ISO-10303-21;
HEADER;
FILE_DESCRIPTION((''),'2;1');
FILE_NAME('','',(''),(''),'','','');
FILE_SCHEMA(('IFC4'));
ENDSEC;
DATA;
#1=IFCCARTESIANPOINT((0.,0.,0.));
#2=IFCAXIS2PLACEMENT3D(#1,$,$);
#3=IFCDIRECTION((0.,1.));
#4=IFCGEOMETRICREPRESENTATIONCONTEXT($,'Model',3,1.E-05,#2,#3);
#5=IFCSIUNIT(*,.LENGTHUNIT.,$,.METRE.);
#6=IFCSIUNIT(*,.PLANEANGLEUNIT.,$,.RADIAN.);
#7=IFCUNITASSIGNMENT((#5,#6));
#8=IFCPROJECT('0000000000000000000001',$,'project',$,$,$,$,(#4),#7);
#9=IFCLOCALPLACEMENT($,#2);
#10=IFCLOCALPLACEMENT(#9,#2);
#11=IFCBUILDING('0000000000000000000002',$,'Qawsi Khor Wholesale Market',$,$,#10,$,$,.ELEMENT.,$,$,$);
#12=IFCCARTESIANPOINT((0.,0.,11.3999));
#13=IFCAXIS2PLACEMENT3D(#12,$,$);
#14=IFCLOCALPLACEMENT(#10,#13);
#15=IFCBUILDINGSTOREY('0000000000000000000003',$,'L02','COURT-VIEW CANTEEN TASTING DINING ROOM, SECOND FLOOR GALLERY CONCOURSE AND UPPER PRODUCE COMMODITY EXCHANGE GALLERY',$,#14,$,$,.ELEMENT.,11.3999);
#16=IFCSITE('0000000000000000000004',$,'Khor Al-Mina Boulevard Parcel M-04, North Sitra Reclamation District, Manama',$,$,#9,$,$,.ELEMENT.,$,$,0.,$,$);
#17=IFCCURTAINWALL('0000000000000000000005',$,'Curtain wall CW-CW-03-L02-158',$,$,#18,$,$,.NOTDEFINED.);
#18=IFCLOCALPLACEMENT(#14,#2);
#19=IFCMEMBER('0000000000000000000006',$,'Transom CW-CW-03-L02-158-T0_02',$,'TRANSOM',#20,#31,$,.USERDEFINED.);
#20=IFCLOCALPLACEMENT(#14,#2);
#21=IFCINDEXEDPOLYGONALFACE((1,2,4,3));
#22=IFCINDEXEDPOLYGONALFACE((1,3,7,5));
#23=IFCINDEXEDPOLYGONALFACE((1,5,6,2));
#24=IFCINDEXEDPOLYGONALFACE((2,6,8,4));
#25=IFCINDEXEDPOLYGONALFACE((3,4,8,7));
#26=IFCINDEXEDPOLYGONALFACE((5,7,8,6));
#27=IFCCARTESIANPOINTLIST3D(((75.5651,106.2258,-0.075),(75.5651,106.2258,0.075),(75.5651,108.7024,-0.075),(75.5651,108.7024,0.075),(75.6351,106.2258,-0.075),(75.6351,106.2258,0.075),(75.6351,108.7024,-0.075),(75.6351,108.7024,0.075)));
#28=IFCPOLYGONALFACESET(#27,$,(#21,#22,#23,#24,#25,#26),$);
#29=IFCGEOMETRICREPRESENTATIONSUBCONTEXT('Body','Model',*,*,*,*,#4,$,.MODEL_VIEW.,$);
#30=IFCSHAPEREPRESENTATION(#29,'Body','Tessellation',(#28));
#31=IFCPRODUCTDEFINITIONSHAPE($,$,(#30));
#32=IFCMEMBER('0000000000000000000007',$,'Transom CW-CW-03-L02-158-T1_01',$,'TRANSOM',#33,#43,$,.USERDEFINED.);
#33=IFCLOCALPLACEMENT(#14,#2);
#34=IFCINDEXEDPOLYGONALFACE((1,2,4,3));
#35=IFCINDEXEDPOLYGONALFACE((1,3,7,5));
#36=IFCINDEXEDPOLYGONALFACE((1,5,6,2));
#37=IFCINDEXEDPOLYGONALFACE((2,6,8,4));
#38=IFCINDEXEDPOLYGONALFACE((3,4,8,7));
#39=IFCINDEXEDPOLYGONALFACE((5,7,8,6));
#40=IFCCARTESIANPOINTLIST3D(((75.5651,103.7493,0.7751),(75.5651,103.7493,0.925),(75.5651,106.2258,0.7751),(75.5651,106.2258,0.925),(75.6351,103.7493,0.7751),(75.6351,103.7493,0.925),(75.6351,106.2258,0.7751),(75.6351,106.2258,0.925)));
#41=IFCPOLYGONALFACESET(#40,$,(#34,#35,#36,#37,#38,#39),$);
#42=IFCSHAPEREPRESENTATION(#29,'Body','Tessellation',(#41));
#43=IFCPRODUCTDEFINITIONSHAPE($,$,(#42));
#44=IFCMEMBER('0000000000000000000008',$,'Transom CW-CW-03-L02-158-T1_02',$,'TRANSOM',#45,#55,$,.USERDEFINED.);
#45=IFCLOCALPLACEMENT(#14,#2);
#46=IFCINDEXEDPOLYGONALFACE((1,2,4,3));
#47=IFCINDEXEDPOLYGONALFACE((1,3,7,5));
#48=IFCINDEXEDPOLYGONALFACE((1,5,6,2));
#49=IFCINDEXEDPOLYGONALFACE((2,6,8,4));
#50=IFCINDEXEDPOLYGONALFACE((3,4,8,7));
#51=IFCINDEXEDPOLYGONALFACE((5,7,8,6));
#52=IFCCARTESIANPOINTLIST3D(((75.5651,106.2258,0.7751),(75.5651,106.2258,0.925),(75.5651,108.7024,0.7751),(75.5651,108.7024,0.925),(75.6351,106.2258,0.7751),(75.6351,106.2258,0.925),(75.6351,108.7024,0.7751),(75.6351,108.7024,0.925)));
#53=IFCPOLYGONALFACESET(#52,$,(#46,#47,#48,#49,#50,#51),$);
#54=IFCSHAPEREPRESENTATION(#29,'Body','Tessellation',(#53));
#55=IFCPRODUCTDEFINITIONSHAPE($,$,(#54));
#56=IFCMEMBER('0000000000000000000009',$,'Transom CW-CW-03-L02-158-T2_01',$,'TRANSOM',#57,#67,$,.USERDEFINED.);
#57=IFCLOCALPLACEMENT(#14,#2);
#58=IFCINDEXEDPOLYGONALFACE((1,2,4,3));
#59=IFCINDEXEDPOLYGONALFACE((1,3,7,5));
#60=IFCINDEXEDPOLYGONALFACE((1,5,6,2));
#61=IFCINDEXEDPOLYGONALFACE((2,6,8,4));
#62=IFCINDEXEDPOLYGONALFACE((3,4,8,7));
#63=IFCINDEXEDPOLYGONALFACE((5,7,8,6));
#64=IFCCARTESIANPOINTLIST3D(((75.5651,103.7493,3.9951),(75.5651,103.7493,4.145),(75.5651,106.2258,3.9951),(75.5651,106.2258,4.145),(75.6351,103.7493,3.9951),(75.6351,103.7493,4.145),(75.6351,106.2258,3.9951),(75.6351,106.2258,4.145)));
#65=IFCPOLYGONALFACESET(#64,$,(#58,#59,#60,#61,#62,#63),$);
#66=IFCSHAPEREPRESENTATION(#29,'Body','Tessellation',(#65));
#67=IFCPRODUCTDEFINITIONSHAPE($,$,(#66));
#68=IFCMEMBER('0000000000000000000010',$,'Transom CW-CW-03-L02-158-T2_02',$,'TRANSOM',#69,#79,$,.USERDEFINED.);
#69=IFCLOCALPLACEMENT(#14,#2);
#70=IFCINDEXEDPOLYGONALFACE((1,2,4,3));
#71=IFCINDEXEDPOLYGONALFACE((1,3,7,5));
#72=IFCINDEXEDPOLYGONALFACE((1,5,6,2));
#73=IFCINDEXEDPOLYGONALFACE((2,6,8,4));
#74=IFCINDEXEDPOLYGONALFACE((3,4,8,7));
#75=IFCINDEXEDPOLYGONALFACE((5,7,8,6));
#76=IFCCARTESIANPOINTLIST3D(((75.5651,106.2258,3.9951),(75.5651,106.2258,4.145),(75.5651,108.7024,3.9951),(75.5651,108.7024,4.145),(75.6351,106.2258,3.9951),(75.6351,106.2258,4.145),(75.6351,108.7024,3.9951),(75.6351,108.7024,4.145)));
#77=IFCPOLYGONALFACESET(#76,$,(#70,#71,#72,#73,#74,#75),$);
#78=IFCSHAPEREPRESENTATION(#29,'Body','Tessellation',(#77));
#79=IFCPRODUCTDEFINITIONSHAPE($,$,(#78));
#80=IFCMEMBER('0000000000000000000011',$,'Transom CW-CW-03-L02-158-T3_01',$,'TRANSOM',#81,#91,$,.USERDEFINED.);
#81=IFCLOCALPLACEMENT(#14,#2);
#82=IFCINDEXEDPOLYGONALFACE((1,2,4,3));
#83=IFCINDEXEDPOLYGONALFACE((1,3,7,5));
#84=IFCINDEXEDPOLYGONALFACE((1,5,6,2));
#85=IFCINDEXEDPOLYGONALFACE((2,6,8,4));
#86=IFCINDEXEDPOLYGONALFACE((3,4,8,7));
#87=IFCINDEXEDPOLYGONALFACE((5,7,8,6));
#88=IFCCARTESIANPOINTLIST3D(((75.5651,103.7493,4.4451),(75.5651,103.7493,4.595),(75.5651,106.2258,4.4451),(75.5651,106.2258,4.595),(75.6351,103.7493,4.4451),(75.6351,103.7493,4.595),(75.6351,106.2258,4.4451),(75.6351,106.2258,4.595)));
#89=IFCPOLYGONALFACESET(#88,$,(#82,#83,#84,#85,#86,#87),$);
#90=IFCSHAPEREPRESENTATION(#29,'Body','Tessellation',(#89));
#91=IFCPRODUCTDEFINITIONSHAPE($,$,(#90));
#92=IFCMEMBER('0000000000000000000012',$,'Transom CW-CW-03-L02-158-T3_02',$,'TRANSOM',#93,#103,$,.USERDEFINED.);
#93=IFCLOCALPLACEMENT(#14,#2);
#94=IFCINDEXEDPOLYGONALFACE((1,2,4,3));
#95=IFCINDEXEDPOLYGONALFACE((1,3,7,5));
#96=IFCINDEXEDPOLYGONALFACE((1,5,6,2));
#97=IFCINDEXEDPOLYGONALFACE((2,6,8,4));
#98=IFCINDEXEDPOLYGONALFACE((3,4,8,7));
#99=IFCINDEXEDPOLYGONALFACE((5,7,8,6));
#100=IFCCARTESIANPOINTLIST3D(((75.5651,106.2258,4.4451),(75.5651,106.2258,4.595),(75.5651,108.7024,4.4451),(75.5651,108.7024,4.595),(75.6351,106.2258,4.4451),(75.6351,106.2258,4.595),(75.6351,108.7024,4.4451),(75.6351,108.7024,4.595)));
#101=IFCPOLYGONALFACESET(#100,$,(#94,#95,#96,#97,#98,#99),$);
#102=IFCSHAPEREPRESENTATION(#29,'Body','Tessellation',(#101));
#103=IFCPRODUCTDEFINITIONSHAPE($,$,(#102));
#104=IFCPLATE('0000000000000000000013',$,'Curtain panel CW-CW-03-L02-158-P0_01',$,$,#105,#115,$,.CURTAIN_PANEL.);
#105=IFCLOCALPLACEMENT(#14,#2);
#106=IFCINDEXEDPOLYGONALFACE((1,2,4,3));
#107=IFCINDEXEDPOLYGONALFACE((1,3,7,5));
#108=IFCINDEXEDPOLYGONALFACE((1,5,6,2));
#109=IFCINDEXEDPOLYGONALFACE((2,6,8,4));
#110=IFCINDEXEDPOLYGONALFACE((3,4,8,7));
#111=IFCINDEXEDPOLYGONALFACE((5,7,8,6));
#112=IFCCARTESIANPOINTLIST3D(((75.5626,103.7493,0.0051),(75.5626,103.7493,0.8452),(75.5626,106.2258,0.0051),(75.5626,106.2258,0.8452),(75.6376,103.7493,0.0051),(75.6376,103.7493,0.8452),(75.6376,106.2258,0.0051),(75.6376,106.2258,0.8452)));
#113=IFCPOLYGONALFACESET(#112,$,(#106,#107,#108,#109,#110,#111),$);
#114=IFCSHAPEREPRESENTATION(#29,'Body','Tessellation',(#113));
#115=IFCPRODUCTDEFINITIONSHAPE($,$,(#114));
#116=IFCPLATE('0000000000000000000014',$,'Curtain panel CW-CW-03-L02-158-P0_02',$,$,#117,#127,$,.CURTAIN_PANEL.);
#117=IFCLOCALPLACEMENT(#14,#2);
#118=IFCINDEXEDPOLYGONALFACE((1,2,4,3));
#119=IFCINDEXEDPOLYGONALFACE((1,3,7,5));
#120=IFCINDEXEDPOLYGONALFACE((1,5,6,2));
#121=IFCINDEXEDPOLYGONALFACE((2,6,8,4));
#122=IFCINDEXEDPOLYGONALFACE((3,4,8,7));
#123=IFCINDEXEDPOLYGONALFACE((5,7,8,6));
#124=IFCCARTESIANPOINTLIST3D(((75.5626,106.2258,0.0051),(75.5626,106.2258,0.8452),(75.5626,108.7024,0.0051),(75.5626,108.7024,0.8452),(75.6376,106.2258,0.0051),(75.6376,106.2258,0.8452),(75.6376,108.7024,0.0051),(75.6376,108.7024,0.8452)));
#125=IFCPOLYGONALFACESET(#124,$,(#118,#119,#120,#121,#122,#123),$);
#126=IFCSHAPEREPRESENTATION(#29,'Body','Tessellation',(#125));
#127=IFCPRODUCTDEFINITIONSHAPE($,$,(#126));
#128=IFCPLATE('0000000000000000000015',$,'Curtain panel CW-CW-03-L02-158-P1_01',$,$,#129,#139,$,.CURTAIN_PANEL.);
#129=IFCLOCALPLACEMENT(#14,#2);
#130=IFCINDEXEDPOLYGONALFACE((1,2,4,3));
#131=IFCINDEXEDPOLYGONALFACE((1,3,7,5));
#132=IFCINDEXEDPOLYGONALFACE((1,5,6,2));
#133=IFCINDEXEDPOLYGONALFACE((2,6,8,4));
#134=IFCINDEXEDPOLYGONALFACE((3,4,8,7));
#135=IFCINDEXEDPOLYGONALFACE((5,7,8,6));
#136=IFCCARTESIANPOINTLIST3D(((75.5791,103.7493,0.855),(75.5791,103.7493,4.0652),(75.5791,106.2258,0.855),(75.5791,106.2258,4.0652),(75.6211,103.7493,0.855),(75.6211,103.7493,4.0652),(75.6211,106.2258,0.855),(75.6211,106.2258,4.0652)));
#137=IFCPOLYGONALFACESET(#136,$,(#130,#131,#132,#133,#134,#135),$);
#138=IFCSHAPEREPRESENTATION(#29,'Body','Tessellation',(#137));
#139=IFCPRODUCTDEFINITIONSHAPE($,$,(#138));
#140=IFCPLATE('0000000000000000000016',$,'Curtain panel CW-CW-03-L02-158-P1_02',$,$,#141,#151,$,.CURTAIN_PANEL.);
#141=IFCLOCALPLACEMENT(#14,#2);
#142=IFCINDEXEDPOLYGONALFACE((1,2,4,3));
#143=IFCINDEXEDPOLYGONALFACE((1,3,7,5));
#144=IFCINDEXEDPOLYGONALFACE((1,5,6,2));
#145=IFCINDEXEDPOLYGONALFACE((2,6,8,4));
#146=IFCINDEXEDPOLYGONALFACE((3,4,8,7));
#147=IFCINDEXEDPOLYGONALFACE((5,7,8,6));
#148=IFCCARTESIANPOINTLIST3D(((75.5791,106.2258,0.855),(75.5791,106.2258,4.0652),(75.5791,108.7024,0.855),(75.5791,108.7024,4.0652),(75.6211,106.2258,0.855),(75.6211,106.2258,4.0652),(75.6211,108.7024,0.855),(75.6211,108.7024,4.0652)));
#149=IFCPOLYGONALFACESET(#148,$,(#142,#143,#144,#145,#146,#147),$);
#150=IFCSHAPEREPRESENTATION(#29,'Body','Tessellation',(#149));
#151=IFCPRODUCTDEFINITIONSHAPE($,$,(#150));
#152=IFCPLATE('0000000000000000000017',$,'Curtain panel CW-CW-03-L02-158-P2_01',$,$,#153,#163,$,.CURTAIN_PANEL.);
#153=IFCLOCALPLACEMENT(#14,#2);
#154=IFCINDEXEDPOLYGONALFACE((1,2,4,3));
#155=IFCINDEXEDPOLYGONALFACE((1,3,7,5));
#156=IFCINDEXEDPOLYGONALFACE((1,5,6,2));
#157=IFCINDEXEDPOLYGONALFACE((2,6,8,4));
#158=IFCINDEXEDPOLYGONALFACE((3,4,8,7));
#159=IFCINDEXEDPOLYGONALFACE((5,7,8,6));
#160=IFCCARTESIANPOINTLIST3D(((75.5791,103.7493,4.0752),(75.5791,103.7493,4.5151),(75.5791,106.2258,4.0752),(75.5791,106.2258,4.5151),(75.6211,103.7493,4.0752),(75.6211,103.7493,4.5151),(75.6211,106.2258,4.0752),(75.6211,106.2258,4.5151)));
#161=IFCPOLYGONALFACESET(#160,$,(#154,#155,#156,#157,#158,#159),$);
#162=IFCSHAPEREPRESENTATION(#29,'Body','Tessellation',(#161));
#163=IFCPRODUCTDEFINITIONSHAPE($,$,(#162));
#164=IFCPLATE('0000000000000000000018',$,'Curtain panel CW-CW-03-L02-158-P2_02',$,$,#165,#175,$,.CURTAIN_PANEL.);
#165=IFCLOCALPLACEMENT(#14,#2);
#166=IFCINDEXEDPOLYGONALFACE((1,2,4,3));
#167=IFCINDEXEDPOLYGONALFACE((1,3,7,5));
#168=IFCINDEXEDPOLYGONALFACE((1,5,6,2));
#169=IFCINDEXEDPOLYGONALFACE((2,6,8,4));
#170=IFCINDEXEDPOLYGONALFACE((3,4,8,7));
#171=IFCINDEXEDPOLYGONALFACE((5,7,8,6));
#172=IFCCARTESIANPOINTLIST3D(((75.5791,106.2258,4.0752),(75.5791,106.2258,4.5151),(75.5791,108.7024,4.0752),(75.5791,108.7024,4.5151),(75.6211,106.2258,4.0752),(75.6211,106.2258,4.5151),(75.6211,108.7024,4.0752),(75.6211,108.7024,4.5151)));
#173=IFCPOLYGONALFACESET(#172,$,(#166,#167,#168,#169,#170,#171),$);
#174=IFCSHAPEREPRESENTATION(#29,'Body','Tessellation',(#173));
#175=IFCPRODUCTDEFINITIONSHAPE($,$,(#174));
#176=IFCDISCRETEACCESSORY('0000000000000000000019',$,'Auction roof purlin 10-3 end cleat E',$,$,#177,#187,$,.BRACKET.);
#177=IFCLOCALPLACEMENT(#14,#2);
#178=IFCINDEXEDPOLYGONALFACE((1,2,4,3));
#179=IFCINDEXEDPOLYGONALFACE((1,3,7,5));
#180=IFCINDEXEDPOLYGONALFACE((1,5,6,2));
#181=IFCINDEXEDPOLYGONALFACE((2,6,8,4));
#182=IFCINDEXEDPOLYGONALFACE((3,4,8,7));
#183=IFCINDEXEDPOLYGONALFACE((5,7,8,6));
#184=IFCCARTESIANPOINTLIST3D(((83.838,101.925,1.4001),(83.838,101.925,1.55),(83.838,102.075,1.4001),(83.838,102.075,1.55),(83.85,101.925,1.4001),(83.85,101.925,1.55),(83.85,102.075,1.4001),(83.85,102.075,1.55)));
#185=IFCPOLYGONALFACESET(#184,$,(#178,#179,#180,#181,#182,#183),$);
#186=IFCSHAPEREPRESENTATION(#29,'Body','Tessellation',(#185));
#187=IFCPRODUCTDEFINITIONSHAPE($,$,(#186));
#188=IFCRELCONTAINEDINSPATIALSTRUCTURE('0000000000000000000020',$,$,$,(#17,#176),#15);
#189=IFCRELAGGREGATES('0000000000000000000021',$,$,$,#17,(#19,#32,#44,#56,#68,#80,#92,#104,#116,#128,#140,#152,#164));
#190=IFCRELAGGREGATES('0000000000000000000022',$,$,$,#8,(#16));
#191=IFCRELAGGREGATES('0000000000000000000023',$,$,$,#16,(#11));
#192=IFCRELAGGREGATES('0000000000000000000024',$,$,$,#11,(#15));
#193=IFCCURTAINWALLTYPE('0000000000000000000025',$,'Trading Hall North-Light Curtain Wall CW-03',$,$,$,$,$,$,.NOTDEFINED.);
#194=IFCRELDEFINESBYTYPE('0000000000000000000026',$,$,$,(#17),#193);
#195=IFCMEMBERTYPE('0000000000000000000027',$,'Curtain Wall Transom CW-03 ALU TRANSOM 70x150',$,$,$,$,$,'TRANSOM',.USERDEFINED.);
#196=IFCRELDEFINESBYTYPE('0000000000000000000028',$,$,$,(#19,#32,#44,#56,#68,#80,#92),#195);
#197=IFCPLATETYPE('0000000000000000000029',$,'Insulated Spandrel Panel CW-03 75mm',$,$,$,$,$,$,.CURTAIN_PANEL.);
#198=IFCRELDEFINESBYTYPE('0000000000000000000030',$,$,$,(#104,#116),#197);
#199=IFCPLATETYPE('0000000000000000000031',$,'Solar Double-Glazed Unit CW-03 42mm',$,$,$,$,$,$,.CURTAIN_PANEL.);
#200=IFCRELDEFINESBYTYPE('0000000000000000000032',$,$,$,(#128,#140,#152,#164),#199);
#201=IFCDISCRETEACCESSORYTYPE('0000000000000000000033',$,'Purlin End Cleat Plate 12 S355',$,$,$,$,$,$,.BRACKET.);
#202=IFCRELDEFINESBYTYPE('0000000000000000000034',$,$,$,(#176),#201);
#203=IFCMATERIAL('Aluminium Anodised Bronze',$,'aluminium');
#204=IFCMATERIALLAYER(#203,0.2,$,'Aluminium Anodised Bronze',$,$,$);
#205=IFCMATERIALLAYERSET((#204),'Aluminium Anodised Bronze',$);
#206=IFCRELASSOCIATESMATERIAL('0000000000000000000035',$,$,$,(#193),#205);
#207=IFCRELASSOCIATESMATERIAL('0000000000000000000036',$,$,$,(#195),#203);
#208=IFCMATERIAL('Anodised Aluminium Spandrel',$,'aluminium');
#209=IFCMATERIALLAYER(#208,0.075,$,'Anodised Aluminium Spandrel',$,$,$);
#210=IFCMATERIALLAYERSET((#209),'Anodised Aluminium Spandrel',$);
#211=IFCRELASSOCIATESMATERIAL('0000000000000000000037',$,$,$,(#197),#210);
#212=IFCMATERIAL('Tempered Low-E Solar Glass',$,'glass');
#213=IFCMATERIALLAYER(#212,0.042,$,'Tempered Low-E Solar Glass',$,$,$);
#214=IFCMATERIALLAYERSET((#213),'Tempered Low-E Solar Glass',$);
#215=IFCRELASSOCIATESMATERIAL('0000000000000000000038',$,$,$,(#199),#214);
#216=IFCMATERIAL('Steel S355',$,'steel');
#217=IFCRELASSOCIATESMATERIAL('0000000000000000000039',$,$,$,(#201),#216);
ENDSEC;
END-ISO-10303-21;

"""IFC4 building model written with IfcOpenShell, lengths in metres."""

from ifc_helpers import new_model, si_unit, direction, frame, frame_2d, origin, origin_2d, place, context, subcontext, project, spatial, rectangle, extrude, material, layer, layer_set, material_profile, profile_set, type_object, element, aggregate, save


model = new_model("IFC4")

# Units and contexts
model_context = context("Model", 3, precision=1e-05, world=origin(), true_north=direction((0.0, 1.0)))
body_context = subcontext(model_context, "Body", "Model", "MODEL_VIEW")
ifc_project = project(units=[si_unit("LENGTHUNIT", "METRE"), si_unit("PLANEANGLEUNIT", "RADIAN")], contexts=[model_context])

# Site, building, storey
site_placement = place(None, origin())
site = spatial("IfcSite", under=ifc_project, at=site_placement, Name="Khor Al-Mina Boulevard Parcel M-04, North Sitra Reclamation District, Manama", CompositionType="ELEMENT", RefElevation=0.0)
building_placement = place(site_placement, origin())
building = spatial("IfcBuilding", under=site, at=building_placement, Name="Qawsi Khor Wholesale Market", CompositionType="ELEMENT")
storey_placement = place(building_placement, frame((0.0, 0.0, 11.3999)))
storey = spatial("IfcBuildingStorey", under=building, at=storey_placement, Name="L02", Description="COURT-VIEW CANTEEN TASTING DINING ROOM, SECOND FLOOR GALLERY CONCOURSE AND UPPER PRODUCE COMMODITY EXCHANGE GALLERY", CompositionType="ELEMENT", Elevation=11.3999)

# Shared definitions
ifc_material_1 = material(Name="Steel S355", Category="steel")

# Curtain wall, members, plates
ifc_material_2 = material(Name="Aluminium Anodised Bronze", Category="aluminium")
ifc_layer_1 = layer(ifc_material_2, 0.2, Name="Aluminium Anodised Bronze")
ifc_layer_set_1 = layer_set([ifc_layer_1], Name="Aluminium Anodised Bronze")
curtain_wall_type = type_object("IfcCurtainWallType", Name="Trading Hall North-Light Curtain Wall CW-03", PredefinedType="NOTDEFINED", material=ifc_layer_set_1)
curtain_wall_placement = place(storey_placement, origin())
curtain_wall = element("IfcCurtainWall", 1, at=curtain_wall_placement, inside=storey, type_object=curtain_wall_type, Name="Curtain wall CW-CW-03-L02-158", PredefinedType="NOTDEFINED")
ifc_material_profile_1 = material_profile(ifc_material_2, rectangle(XDim=0.0701, YDim=0.1499, at=origin_2d()), Name="ALU TRANSOM 70x150")
ifc_profile_set_1 = profile_set([ifc_material_profile_1], Name="Aluminium Anodised Bronze")
member_type_1 = type_object("IfcMemberType", Name="Curtain Wall Transom CW-03 ALU TRANSOM 70x150", ElementType="TRANSOM", PredefinedType="USERDEFINED", material=ifc_profile_set_1)
member_1_placement = place(storey_placement, frame((75.6001, 106.2258, 0.0), z_axis=(0.0, 1.0, 0.0), x_axis=(-1.0, 0.0, 0.0)))
member_1 = element("IfcMember", 2, at=member_1_placement, type_object=member_type_1, Name="Transom CW-CW-03-L02-158-T0_02", ObjectType="TRANSOM", PredefinedType="USERDEFINED", context=body_context, shape_type="SweptSolid", body=[
    extrude(rectangle(XDim=0.0701, YDim=0.1499, at=origin_2d()), origin(), (0.0, 0.0, 1.0), 2.4766),
])
member_2_placement = place(storey_placement, frame((75.6001, 103.7493, 0.8501), z_axis=(0.0, 1.0, 0.0), x_axis=(-1.0, 0.0, 0.0)))
member_2 = element("IfcMember", 3, at=member_2_placement, type_object=member_type_1, Name="Transom CW-CW-03-L02-158-T1_01", ObjectType="TRANSOM", PredefinedType="USERDEFINED", context=body_context, shape_type="SweptSolid", body=[
    extrude(rectangle(XDim=0.0701, YDim=0.1499, at=origin_2d()), origin(), (0.0, 0.0, 1.0), 2.4766),
])
member_3_placement = place(storey_placement, frame((75.6001, 106.2258, 0.8501), z_axis=(0.0, 1.0, 0.0), x_axis=(-1.0, 0.0, 0.0)))
member_3 = element("IfcMember", 4, at=member_3_placement, type_object=member_type_1, Name="Transom CW-CW-03-L02-158-T1_02", ObjectType="TRANSOM", PredefinedType="USERDEFINED", context=body_context, shape_type="SweptSolid", body=[
    extrude(rectangle(XDim=0.0701, YDim=0.1499, at=origin_2d()), origin(), (0.0, 0.0, 1.0), 2.4766),
])
member_4_placement = place(storey_placement, frame((75.6001, 103.7493, 4.0701), z_axis=(0.0, 1.0, 0.0), x_axis=(-1.0, 0.0, 0.0)))
member_4 = element("IfcMember", 5, at=member_4_placement, type_object=member_type_1, Name="Transom CW-CW-03-L02-158-T2_01", ObjectType="TRANSOM", PredefinedType="USERDEFINED", context=body_context, shape_type="SweptSolid", body=[
    extrude(rectangle(XDim=0.0701, YDim=0.1499, at=origin_2d()), origin(), (0.0, 0.0, 1.0), 2.4766),
])
member_5_placement = place(storey_placement, frame((75.6001, 106.2258, 4.0701), z_axis=(0.0, 1.0, 0.0), x_axis=(-1.0, 0.0, 0.0)))
member_5 = element("IfcMember", 6, at=member_5_placement, type_object=member_type_1, Name="Transom CW-CW-03-L02-158-T2_02", ObjectType="TRANSOM", PredefinedType="USERDEFINED", context=body_context, shape_type="SweptSolid", body=[
    extrude(rectangle(XDim=0.0701, YDim=0.1499, at=origin_2d()), origin(), (0.0, 0.0, 1.0), 2.4766),
])
member_6_placement = place(storey_placement, frame((75.6001, 103.7493, 4.52), z_axis=(0.0, 1.0, 0.0), x_axis=(-1.0, 0.0, 0.0)))
member_6 = element("IfcMember", 7, at=member_6_placement, type_object=member_type_1, Name="Transom CW-CW-03-L02-158-T3_01", ObjectType="TRANSOM", PredefinedType="USERDEFINED", context=body_context, shape_type="SweptSolid", body=[
    extrude(rectangle(XDim=0.0701, YDim=0.1499, at=origin_2d()), origin(), (0.0, 0.0, 1.0), 2.4766),
])
member_7_placement = place(storey_placement, frame((75.6001, 106.2258, 4.52), z_axis=(0.0, 1.0, 0.0), x_axis=(-1.0, 0.0, 0.0)))
member_7 = element("IfcMember", 8, at=member_7_placement, type_object=member_type_1, Name="Transom CW-CW-03-L02-158-T3_02", ObjectType="TRANSOM", PredefinedType="USERDEFINED", context=body_context, shape_type="SweptSolid", body=[
    extrude(rectangle(XDim=0.0701, YDim=0.1499, at=origin_2d()), origin(), (0.0, 0.0, 1.0), 2.4766),
])
ifc_material_3 = material(Name="Anodised Aluminium Spandrel", Category="aluminium")
ifc_layer_2 = layer(ifc_material_3, 0.075, Name="Anodised Aluminium Spandrel")
ifc_layer_set_2 = layer_set([ifc_layer_2], Name="Anodised Aluminium Spandrel")
plate_type_1 = type_object("IfcPlateType", Name="Insulated Spandrel Panel CW-03 75mm", PredefinedType="CURTAIN_PANEL", material=ifc_layer_set_2)
plate_1_placement = place(storey_placement, frame((75.6001, 103.7493, 0.0051), z_axis=(0.0, 0.0, 1.0), x_axis=(0.0, 1.0, 0.0)))
plate_1 = element("IfcPlate", 9, at=plate_1_placement, type_object=plate_type_1, Name="Curtain panel CW-CW-03-L02-158-P0_01", PredefinedType="CURTAIN_PANEL", context=body_context, shape_type="SweptSolid", body=[
    extrude(rectangle(XDim=2.4766, YDim=0.075, at=frame_2d((1.2383, 0.0))), origin(), (0.0, 0.0, 1.0), 0.8401),
])
plate_2_placement = place(storey_placement, frame((75.6001, 106.2258, 0.0051), z_axis=(0.0, 0.0, 1.0), x_axis=(0.0, 1.0, 0.0)))
plate_2 = element("IfcPlate", 10, at=plate_2_placement, type_object=plate_type_1, Name="Curtain panel CW-CW-03-L02-158-P0_02", PredefinedType="CURTAIN_PANEL", context=body_context, shape_type="SweptSolid", body=[
    extrude(rectangle(XDim=2.4766, YDim=0.075, at=frame_2d((1.2383, 0.0))), origin(), (0.0, 0.0, 1.0), 0.8401),
])
ifc_material_4 = material(Name="Tempered Low-E Solar Glass", Category="glass")
ifc_layer_3 = layer(ifc_material_4, 0.042, Name="Tempered Low-E Solar Glass")
ifc_layer_set_3 = layer_set([ifc_layer_3], Name="Tempered Low-E Solar Glass")
plate_type_2 = type_object("IfcPlateType", Name="Solar Double-Glazed Unit CW-03 42mm", PredefinedType="CURTAIN_PANEL", material=ifc_layer_set_3)
plate_3_placement = place(storey_placement, frame((75.6001, 103.7493, 0.855), z_axis=(0.0, 0.0, 1.0), x_axis=(0.0, 1.0, 0.0)))
plate_3 = element("IfcPlate", 11, at=plate_3_placement, type_object=plate_type_2, Name="Curtain panel CW-CW-03-L02-158-P1_01", PredefinedType="CURTAIN_PANEL", context=body_context, shape_type="SweptSolid", body=[
    extrude(rectangle(XDim=2.4766, YDim=0.042, at=frame_2d((1.2383, 0.0))), origin(), (0.0, 0.0, 1.0), 3.2102),
])
plate_4_placement = place(storey_placement, frame((75.6001, 106.2258, 0.855), z_axis=(0.0, 0.0, 1.0), x_axis=(0.0, 1.0, 0.0)))
plate_4 = element("IfcPlate", 12, at=plate_4_placement, type_object=plate_type_2, Name="Curtain panel CW-CW-03-L02-158-P1_02", PredefinedType="CURTAIN_PANEL", context=body_context, shape_type="SweptSolid", body=[
    extrude(rectangle(XDim=2.4766, YDim=0.042, at=frame_2d((1.2383, 0.0))), origin(), (0.0, 0.0, 1.0), 3.2102),
])
plate_5_placement = place(storey_placement, frame((75.6001, 103.7493, 4.0752), z_axis=(0.0, 0.0, 1.0), x_axis=(0.0, 1.0, 0.0)))
plate_5 = element("IfcPlate", 13, at=plate_5_placement, type_object=plate_type_2, Name="Curtain panel CW-CW-03-L02-158-P2_01", PredefinedType="CURTAIN_PANEL", context=body_context, shape_type="SweptSolid", body=[
    extrude(rectangle(XDim=2.4766, YDim=0.042, at=frame_2d((1.2383, 0.0))), origin(), (0.0, 0.0, 1.0), 0.4399),
])
plate_6_placement = place(storey_placement, frame((75.6001, 106.2258, 4.0752), z_axis=(0.0, 0.0, 1.0), x_axis=(0.0, 1.0, 0.0)))
plate_6 = element("IfcPlate", 14, at=plate_6_placement, type_object=plate_type_2, Name="Curtain panel CW-CW-03-L02-158-P2_02", PredefinedType="CURTAIN_PANEL", context=body_context, shape_type="SweptSolid", body=[
    extrude(rectangle(XDim=2.4766, YDim=0.042, at=frame_2d((1.2383, 0.0))), origin(), (0.0, 0.0, 1.0), 0.4399),
])
aggregate(curtain_wall, [member_1, member_2, member_3, member_4, member_5, member_6, member_7, plate_1, plate_2, plate_3, plate_4, plate_5, plate_6])

# Discrete accessory
discrete_accessory_type = type_object("IfcDiscreteAccessoryType", Name="Purlin End Cleat Plate 12 S355", PredefinedType="BRACKET", material=ifc_material_1)
for number, where, z_axis, x_axis, name in (
    (15, (83.844, 102.0, 1.4001), (0.0, 0.0, 1.0), (1.0, 0.0, 0.0), "Auction roof purlin 10-3 end cleat E"),
):
    element("IfcDiscreteAccessory", number, at=place(storey_placement, frame(where, z_axis=z_axis, x_axis=x_axis)), inside=storey, type_object=discrete_accessory_type, Name=name, PredefinedType="BRACKET", context=body_context, shape_type="SweptSolid", body=[
        extrude(rectangle(XDim=0.012, YDim=0.1499, at=origin_2d()), origin(), (0.0, 0.0, 1.0), 0.1499),
    ])

save(model, "model.ifc")
